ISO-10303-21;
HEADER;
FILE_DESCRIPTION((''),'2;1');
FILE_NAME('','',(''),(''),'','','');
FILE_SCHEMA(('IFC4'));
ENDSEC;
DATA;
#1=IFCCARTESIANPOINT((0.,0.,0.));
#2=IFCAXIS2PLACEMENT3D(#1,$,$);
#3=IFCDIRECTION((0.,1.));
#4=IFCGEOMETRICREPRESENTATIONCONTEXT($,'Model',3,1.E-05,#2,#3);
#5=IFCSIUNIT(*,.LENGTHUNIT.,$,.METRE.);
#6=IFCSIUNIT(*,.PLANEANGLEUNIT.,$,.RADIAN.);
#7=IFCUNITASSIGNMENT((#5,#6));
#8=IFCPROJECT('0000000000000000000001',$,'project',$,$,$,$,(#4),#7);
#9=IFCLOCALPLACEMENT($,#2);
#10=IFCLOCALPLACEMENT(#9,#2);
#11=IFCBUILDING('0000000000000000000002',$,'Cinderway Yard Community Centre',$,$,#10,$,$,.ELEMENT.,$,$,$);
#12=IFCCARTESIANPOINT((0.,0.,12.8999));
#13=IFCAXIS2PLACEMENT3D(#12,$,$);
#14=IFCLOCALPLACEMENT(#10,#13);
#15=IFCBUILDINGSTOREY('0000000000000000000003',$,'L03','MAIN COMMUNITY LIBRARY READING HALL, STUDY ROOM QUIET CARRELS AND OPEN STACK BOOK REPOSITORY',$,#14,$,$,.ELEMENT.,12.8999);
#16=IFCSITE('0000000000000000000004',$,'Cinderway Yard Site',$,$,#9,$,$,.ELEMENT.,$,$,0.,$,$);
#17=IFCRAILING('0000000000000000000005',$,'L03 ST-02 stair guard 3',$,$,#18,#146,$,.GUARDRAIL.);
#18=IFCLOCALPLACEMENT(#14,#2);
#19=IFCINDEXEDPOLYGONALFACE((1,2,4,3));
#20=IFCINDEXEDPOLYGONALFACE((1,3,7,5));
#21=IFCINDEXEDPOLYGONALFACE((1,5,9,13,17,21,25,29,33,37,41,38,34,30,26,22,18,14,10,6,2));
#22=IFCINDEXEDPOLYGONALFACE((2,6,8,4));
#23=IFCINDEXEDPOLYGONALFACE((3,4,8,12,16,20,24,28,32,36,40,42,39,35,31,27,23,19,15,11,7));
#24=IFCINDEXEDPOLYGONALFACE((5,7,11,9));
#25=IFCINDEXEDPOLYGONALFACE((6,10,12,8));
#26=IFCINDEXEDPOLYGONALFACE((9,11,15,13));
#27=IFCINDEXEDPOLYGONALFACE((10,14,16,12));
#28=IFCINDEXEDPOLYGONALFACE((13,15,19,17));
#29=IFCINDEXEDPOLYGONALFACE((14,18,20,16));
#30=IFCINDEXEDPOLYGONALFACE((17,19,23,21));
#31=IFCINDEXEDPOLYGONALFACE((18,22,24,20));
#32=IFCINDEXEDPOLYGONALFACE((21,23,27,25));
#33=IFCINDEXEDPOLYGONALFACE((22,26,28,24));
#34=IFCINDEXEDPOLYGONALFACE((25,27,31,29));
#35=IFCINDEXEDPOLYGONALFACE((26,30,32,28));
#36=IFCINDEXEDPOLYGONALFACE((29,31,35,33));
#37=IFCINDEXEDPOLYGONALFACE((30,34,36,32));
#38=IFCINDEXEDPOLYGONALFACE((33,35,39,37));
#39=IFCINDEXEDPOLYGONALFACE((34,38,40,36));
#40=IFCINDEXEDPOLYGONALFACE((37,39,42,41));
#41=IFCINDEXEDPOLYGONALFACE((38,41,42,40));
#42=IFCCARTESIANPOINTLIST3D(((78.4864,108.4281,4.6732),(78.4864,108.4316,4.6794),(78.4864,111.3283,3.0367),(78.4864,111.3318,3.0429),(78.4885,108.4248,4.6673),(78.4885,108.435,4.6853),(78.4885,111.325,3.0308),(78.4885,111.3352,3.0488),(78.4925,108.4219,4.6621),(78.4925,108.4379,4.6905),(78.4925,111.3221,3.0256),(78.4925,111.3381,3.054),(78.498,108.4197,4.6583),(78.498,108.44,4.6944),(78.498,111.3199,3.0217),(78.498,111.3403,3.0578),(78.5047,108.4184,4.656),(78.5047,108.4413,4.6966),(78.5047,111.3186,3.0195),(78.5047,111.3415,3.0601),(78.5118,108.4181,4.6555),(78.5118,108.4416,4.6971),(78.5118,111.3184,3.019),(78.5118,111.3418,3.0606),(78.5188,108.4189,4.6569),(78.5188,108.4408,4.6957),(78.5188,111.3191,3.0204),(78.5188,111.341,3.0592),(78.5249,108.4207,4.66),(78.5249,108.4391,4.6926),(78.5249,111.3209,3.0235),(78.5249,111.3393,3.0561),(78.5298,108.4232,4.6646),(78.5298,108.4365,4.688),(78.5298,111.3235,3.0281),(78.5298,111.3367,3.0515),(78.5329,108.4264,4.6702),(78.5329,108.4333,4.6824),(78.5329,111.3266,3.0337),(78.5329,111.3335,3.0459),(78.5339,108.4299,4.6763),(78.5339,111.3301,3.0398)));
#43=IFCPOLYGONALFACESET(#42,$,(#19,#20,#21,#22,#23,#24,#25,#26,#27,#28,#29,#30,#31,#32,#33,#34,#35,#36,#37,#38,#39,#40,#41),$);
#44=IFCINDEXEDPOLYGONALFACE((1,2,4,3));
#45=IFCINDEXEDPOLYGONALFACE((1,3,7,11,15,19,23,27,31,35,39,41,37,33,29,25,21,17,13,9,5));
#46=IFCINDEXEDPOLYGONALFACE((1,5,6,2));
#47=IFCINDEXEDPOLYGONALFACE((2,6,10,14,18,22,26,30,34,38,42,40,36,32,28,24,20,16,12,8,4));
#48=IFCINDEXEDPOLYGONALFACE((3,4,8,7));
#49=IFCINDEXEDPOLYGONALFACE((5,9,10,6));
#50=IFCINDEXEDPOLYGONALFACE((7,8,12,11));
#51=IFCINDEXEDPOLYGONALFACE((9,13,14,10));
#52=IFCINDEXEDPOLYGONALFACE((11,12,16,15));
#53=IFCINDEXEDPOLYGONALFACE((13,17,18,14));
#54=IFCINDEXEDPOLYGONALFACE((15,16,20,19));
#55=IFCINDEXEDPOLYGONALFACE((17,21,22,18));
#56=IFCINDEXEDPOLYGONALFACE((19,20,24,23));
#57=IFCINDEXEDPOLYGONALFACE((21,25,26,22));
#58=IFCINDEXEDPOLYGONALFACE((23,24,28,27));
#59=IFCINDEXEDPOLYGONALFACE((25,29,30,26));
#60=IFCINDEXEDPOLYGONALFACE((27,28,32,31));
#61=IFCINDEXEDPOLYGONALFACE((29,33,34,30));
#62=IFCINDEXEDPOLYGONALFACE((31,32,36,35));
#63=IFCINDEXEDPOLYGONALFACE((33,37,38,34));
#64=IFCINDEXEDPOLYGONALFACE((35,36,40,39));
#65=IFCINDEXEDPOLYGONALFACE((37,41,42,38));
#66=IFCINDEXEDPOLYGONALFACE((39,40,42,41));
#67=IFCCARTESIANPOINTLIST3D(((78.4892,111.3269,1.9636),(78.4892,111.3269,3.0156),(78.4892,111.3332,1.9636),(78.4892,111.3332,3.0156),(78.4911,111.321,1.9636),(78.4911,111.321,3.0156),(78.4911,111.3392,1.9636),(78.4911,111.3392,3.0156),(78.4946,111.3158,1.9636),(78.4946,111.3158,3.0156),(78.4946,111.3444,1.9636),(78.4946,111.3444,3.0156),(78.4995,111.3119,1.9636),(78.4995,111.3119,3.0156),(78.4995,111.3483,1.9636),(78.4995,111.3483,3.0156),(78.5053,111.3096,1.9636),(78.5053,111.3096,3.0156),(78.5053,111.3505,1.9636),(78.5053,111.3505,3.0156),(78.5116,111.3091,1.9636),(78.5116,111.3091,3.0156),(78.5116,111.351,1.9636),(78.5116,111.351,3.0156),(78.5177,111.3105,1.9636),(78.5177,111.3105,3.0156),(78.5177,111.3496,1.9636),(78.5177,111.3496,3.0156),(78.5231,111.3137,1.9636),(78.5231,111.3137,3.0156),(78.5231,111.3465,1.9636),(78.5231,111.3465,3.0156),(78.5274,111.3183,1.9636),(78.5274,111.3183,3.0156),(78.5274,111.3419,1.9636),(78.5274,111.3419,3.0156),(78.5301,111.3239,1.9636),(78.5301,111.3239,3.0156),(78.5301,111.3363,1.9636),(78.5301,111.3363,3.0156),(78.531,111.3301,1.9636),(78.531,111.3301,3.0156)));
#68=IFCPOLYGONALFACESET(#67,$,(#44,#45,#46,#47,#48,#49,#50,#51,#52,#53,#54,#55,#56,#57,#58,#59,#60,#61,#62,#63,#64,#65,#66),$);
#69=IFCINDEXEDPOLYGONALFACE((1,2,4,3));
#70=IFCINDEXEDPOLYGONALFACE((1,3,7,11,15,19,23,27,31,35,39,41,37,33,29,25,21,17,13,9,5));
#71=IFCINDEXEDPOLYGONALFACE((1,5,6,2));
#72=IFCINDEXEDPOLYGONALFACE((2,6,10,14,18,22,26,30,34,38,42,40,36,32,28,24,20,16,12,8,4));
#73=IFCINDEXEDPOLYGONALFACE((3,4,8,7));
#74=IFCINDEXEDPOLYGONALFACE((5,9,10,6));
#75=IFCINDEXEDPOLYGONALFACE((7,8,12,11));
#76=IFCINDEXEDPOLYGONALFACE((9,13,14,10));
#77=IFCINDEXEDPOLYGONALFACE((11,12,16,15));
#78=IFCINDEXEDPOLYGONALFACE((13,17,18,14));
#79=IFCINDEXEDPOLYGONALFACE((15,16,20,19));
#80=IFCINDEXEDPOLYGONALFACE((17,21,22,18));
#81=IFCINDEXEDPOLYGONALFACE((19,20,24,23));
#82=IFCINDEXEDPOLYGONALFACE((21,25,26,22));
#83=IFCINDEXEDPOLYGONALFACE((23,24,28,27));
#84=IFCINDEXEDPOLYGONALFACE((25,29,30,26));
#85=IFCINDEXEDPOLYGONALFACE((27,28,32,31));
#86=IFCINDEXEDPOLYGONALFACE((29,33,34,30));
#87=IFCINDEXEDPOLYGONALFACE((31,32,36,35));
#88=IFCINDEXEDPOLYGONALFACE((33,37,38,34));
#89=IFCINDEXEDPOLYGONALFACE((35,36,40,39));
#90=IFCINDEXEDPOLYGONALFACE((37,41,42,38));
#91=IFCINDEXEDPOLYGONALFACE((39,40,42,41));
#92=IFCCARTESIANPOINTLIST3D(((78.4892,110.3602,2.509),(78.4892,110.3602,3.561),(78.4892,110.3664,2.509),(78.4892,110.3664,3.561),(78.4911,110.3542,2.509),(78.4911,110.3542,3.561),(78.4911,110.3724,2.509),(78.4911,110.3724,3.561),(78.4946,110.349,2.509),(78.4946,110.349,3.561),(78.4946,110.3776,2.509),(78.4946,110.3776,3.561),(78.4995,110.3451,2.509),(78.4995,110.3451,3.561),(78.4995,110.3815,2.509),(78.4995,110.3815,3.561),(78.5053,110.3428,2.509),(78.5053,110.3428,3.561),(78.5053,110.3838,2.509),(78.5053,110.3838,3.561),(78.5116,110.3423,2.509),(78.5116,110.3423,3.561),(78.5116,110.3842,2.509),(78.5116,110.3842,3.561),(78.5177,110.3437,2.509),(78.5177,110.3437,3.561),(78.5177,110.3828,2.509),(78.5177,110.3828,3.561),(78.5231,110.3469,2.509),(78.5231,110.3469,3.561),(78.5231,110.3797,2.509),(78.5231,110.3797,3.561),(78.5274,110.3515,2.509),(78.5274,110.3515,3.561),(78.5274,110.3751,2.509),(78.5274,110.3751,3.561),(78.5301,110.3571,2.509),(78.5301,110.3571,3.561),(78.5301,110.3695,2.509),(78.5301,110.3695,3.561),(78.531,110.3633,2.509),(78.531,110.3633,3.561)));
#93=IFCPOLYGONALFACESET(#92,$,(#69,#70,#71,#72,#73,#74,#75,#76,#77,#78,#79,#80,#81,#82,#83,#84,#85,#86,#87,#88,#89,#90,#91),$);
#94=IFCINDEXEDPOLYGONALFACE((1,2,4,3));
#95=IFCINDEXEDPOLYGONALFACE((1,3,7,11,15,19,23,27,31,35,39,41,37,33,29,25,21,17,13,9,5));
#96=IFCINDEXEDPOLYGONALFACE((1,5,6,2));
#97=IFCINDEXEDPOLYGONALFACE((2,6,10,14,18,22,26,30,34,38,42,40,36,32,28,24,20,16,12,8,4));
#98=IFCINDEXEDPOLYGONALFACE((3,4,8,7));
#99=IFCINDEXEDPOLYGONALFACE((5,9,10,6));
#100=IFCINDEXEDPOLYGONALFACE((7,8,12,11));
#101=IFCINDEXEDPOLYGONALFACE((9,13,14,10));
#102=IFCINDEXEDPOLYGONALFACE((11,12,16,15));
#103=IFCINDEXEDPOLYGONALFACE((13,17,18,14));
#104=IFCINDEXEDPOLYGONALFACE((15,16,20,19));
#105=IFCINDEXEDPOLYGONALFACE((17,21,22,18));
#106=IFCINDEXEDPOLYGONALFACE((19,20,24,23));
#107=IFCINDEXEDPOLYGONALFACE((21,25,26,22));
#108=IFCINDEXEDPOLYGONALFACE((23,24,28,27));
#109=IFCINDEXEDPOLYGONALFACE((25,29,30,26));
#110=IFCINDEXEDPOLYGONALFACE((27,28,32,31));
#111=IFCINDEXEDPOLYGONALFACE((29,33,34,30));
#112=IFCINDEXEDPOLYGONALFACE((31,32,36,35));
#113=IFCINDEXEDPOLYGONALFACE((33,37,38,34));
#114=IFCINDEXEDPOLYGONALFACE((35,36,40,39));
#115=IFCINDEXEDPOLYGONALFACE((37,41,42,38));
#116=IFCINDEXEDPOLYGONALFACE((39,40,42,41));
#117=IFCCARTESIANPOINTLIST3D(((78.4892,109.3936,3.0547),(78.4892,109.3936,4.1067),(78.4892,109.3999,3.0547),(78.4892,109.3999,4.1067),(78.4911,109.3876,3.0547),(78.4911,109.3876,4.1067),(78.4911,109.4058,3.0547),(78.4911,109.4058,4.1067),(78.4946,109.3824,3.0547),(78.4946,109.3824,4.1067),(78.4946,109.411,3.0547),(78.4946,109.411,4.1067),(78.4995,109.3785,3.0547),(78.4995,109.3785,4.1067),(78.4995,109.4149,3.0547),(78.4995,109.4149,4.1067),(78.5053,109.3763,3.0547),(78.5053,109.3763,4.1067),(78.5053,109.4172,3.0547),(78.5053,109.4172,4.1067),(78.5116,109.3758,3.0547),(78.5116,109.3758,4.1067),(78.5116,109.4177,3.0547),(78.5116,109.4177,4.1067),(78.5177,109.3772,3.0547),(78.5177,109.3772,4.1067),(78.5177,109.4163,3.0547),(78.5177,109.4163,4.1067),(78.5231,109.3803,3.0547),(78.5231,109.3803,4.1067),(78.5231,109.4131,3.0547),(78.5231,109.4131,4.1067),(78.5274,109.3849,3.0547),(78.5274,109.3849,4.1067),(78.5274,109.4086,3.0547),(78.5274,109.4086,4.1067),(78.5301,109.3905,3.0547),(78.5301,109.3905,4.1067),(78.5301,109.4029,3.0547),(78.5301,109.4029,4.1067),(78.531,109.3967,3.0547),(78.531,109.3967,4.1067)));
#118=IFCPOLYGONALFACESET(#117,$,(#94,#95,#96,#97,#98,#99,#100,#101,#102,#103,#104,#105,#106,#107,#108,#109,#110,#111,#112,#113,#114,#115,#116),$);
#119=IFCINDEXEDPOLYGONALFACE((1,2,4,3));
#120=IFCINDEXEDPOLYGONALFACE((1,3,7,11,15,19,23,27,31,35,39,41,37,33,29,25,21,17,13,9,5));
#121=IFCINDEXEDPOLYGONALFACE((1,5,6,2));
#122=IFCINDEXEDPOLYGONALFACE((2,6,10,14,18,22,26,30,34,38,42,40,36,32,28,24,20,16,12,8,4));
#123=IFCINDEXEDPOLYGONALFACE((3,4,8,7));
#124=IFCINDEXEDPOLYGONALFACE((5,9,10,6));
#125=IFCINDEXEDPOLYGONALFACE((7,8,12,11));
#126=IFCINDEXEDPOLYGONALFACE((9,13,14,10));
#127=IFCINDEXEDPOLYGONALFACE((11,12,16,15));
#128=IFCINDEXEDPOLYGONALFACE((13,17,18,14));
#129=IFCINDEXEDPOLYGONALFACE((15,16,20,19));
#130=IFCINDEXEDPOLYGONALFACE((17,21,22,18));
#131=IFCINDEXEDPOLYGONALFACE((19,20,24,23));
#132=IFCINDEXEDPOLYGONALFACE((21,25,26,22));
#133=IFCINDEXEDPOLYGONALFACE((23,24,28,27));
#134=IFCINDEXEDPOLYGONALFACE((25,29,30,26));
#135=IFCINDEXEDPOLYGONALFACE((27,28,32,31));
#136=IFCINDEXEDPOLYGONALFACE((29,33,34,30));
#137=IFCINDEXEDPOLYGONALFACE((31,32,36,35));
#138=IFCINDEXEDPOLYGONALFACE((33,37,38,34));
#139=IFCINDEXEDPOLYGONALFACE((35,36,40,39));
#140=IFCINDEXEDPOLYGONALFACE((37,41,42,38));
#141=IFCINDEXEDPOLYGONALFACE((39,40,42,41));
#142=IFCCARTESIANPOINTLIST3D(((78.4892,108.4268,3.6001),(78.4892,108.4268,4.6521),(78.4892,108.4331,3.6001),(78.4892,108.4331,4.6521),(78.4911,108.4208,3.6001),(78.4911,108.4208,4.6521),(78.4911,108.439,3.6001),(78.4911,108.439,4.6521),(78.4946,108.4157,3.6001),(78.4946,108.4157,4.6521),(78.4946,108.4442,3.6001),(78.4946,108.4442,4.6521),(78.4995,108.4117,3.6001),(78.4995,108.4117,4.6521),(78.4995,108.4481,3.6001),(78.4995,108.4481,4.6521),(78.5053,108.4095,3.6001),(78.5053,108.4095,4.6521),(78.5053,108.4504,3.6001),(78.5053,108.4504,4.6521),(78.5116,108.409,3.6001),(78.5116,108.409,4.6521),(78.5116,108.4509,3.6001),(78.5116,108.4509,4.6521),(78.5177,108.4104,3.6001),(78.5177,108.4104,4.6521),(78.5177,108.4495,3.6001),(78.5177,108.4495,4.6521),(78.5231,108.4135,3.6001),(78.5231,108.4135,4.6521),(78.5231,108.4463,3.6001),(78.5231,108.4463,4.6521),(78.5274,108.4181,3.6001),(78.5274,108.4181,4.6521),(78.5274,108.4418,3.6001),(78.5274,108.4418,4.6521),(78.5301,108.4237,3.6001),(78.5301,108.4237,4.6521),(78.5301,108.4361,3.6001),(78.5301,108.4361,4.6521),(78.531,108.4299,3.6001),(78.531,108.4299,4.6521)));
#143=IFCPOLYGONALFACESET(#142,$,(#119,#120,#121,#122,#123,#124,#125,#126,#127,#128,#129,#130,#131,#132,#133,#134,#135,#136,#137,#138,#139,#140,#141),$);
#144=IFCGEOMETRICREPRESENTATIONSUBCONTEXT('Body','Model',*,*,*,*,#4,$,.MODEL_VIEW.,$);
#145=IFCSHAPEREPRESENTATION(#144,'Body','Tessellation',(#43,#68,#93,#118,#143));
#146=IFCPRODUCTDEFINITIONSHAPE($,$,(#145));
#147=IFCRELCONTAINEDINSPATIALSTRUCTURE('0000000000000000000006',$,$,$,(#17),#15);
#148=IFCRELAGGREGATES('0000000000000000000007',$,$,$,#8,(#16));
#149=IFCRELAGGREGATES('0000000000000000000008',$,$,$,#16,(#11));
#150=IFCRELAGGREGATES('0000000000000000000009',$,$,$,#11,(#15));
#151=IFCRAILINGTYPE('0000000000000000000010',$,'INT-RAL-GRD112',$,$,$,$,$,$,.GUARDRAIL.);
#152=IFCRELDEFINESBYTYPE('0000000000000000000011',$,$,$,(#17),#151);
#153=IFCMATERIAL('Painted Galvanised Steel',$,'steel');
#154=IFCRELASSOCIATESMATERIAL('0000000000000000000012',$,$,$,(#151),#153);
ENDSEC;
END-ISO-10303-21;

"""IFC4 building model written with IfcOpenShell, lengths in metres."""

from ifc_helpers import new_model, si_unit, direction, frame, origin, origin_2d, place, context, subcontext, project, spatial, circle, extrude, material, type_object, element, save


model = new_model("IFC4")

# Units and contexts
model_context = context("Model", 3, precision=1e-05, world=origin(), true_north=direction((0.0, 1.0)))
body_context = subcontext(model_context, "Body", "Model", "MODEL_VIEW")
ifc_project = project(units=[si_unit("LENGTHUNIT", "METRE"), si_unit("PLANEANGLEUNIT", "RADIAN")], contexts=[model_context])

# Site, building, storey
site_placement = place(None, origin())
site = spatial("IfcSite", under=ifc_project, at=site_placement, Name="Cinderway Yard Site", CompositionType="ELEMENT", RefElevation=0.0)
building_placement = place(site_placement, origin())
building = spatial("IfcBuilding", under=site, at=building_placement, Name="Cinderway Yard Community Centre", CompositionType="ELEMENT")
storey_placement = place(building_placement, frame((0.0, 0.0, 12.8999)))
storey = spatial("IfcBuildingStorey", under=building, at=storey_placement, Name="L03", Description="MAIN COMMUNITY LIBRARY READING HALL, STUDY ROOM QUIET CARRELS AND OPEN STACK BOOK REPOSITORY", CompositionType="ELEMENT", Elevation=12.8999)

# Shared definitions
ifc_material_1 = material(Name="Painted Galvanised Steel", Category="steel")

# Railing
railing_type_1 = type_object("IfcRailingType", Name="INT-RAL-GRD112", PredefinedType="GUARDRAIL", material=ifc_material_1)
railing_1_placement = place(storey_placement, frame((78.51, 111.3301, 1.9636)))
element("IfcRailing", 1, at=railing_1_placement, inside=storey, type_object=railing_type_1, Name="L03 ST-02 stair guard 3", PredefinedType="GUARDRAIL", context=body_context, shape_type="SweptSolid", body=[
    extrude(circle(Radius=0.0239, at=origin_2d()), frame((0.0, 0.0, 1.0762), z_axis=(0.0, -0.870915, 0.491434), x_axis=(1.0, 0.0, 0.0)), (0.0, 0.0, 1.0), 3.3301),
    extrude(circle(Radius=0.021, at=origin_2d()), origin(), (0.0, 0.0, 1.0), 1.052),
    extrude(circle(Radius=0.021, at=origin_2d()), frame((0.0, -0.9668, 0.5454)), (0.0, 0.0, 1.0), 1.052),
    extrude(circle(Radius=0.021, at=origin_2d()), frame((0.0, -1.9333, 1.0911)), (0.0, 0.0, 1.0), 1.052),
    extrude(circle(Radius=0.021, at=origin_2d()), frame((0.0, -2.9001, 1.6365)), (0.0, 0.0, 1.0), 1.052),
])

save(model, "model.ifc")
